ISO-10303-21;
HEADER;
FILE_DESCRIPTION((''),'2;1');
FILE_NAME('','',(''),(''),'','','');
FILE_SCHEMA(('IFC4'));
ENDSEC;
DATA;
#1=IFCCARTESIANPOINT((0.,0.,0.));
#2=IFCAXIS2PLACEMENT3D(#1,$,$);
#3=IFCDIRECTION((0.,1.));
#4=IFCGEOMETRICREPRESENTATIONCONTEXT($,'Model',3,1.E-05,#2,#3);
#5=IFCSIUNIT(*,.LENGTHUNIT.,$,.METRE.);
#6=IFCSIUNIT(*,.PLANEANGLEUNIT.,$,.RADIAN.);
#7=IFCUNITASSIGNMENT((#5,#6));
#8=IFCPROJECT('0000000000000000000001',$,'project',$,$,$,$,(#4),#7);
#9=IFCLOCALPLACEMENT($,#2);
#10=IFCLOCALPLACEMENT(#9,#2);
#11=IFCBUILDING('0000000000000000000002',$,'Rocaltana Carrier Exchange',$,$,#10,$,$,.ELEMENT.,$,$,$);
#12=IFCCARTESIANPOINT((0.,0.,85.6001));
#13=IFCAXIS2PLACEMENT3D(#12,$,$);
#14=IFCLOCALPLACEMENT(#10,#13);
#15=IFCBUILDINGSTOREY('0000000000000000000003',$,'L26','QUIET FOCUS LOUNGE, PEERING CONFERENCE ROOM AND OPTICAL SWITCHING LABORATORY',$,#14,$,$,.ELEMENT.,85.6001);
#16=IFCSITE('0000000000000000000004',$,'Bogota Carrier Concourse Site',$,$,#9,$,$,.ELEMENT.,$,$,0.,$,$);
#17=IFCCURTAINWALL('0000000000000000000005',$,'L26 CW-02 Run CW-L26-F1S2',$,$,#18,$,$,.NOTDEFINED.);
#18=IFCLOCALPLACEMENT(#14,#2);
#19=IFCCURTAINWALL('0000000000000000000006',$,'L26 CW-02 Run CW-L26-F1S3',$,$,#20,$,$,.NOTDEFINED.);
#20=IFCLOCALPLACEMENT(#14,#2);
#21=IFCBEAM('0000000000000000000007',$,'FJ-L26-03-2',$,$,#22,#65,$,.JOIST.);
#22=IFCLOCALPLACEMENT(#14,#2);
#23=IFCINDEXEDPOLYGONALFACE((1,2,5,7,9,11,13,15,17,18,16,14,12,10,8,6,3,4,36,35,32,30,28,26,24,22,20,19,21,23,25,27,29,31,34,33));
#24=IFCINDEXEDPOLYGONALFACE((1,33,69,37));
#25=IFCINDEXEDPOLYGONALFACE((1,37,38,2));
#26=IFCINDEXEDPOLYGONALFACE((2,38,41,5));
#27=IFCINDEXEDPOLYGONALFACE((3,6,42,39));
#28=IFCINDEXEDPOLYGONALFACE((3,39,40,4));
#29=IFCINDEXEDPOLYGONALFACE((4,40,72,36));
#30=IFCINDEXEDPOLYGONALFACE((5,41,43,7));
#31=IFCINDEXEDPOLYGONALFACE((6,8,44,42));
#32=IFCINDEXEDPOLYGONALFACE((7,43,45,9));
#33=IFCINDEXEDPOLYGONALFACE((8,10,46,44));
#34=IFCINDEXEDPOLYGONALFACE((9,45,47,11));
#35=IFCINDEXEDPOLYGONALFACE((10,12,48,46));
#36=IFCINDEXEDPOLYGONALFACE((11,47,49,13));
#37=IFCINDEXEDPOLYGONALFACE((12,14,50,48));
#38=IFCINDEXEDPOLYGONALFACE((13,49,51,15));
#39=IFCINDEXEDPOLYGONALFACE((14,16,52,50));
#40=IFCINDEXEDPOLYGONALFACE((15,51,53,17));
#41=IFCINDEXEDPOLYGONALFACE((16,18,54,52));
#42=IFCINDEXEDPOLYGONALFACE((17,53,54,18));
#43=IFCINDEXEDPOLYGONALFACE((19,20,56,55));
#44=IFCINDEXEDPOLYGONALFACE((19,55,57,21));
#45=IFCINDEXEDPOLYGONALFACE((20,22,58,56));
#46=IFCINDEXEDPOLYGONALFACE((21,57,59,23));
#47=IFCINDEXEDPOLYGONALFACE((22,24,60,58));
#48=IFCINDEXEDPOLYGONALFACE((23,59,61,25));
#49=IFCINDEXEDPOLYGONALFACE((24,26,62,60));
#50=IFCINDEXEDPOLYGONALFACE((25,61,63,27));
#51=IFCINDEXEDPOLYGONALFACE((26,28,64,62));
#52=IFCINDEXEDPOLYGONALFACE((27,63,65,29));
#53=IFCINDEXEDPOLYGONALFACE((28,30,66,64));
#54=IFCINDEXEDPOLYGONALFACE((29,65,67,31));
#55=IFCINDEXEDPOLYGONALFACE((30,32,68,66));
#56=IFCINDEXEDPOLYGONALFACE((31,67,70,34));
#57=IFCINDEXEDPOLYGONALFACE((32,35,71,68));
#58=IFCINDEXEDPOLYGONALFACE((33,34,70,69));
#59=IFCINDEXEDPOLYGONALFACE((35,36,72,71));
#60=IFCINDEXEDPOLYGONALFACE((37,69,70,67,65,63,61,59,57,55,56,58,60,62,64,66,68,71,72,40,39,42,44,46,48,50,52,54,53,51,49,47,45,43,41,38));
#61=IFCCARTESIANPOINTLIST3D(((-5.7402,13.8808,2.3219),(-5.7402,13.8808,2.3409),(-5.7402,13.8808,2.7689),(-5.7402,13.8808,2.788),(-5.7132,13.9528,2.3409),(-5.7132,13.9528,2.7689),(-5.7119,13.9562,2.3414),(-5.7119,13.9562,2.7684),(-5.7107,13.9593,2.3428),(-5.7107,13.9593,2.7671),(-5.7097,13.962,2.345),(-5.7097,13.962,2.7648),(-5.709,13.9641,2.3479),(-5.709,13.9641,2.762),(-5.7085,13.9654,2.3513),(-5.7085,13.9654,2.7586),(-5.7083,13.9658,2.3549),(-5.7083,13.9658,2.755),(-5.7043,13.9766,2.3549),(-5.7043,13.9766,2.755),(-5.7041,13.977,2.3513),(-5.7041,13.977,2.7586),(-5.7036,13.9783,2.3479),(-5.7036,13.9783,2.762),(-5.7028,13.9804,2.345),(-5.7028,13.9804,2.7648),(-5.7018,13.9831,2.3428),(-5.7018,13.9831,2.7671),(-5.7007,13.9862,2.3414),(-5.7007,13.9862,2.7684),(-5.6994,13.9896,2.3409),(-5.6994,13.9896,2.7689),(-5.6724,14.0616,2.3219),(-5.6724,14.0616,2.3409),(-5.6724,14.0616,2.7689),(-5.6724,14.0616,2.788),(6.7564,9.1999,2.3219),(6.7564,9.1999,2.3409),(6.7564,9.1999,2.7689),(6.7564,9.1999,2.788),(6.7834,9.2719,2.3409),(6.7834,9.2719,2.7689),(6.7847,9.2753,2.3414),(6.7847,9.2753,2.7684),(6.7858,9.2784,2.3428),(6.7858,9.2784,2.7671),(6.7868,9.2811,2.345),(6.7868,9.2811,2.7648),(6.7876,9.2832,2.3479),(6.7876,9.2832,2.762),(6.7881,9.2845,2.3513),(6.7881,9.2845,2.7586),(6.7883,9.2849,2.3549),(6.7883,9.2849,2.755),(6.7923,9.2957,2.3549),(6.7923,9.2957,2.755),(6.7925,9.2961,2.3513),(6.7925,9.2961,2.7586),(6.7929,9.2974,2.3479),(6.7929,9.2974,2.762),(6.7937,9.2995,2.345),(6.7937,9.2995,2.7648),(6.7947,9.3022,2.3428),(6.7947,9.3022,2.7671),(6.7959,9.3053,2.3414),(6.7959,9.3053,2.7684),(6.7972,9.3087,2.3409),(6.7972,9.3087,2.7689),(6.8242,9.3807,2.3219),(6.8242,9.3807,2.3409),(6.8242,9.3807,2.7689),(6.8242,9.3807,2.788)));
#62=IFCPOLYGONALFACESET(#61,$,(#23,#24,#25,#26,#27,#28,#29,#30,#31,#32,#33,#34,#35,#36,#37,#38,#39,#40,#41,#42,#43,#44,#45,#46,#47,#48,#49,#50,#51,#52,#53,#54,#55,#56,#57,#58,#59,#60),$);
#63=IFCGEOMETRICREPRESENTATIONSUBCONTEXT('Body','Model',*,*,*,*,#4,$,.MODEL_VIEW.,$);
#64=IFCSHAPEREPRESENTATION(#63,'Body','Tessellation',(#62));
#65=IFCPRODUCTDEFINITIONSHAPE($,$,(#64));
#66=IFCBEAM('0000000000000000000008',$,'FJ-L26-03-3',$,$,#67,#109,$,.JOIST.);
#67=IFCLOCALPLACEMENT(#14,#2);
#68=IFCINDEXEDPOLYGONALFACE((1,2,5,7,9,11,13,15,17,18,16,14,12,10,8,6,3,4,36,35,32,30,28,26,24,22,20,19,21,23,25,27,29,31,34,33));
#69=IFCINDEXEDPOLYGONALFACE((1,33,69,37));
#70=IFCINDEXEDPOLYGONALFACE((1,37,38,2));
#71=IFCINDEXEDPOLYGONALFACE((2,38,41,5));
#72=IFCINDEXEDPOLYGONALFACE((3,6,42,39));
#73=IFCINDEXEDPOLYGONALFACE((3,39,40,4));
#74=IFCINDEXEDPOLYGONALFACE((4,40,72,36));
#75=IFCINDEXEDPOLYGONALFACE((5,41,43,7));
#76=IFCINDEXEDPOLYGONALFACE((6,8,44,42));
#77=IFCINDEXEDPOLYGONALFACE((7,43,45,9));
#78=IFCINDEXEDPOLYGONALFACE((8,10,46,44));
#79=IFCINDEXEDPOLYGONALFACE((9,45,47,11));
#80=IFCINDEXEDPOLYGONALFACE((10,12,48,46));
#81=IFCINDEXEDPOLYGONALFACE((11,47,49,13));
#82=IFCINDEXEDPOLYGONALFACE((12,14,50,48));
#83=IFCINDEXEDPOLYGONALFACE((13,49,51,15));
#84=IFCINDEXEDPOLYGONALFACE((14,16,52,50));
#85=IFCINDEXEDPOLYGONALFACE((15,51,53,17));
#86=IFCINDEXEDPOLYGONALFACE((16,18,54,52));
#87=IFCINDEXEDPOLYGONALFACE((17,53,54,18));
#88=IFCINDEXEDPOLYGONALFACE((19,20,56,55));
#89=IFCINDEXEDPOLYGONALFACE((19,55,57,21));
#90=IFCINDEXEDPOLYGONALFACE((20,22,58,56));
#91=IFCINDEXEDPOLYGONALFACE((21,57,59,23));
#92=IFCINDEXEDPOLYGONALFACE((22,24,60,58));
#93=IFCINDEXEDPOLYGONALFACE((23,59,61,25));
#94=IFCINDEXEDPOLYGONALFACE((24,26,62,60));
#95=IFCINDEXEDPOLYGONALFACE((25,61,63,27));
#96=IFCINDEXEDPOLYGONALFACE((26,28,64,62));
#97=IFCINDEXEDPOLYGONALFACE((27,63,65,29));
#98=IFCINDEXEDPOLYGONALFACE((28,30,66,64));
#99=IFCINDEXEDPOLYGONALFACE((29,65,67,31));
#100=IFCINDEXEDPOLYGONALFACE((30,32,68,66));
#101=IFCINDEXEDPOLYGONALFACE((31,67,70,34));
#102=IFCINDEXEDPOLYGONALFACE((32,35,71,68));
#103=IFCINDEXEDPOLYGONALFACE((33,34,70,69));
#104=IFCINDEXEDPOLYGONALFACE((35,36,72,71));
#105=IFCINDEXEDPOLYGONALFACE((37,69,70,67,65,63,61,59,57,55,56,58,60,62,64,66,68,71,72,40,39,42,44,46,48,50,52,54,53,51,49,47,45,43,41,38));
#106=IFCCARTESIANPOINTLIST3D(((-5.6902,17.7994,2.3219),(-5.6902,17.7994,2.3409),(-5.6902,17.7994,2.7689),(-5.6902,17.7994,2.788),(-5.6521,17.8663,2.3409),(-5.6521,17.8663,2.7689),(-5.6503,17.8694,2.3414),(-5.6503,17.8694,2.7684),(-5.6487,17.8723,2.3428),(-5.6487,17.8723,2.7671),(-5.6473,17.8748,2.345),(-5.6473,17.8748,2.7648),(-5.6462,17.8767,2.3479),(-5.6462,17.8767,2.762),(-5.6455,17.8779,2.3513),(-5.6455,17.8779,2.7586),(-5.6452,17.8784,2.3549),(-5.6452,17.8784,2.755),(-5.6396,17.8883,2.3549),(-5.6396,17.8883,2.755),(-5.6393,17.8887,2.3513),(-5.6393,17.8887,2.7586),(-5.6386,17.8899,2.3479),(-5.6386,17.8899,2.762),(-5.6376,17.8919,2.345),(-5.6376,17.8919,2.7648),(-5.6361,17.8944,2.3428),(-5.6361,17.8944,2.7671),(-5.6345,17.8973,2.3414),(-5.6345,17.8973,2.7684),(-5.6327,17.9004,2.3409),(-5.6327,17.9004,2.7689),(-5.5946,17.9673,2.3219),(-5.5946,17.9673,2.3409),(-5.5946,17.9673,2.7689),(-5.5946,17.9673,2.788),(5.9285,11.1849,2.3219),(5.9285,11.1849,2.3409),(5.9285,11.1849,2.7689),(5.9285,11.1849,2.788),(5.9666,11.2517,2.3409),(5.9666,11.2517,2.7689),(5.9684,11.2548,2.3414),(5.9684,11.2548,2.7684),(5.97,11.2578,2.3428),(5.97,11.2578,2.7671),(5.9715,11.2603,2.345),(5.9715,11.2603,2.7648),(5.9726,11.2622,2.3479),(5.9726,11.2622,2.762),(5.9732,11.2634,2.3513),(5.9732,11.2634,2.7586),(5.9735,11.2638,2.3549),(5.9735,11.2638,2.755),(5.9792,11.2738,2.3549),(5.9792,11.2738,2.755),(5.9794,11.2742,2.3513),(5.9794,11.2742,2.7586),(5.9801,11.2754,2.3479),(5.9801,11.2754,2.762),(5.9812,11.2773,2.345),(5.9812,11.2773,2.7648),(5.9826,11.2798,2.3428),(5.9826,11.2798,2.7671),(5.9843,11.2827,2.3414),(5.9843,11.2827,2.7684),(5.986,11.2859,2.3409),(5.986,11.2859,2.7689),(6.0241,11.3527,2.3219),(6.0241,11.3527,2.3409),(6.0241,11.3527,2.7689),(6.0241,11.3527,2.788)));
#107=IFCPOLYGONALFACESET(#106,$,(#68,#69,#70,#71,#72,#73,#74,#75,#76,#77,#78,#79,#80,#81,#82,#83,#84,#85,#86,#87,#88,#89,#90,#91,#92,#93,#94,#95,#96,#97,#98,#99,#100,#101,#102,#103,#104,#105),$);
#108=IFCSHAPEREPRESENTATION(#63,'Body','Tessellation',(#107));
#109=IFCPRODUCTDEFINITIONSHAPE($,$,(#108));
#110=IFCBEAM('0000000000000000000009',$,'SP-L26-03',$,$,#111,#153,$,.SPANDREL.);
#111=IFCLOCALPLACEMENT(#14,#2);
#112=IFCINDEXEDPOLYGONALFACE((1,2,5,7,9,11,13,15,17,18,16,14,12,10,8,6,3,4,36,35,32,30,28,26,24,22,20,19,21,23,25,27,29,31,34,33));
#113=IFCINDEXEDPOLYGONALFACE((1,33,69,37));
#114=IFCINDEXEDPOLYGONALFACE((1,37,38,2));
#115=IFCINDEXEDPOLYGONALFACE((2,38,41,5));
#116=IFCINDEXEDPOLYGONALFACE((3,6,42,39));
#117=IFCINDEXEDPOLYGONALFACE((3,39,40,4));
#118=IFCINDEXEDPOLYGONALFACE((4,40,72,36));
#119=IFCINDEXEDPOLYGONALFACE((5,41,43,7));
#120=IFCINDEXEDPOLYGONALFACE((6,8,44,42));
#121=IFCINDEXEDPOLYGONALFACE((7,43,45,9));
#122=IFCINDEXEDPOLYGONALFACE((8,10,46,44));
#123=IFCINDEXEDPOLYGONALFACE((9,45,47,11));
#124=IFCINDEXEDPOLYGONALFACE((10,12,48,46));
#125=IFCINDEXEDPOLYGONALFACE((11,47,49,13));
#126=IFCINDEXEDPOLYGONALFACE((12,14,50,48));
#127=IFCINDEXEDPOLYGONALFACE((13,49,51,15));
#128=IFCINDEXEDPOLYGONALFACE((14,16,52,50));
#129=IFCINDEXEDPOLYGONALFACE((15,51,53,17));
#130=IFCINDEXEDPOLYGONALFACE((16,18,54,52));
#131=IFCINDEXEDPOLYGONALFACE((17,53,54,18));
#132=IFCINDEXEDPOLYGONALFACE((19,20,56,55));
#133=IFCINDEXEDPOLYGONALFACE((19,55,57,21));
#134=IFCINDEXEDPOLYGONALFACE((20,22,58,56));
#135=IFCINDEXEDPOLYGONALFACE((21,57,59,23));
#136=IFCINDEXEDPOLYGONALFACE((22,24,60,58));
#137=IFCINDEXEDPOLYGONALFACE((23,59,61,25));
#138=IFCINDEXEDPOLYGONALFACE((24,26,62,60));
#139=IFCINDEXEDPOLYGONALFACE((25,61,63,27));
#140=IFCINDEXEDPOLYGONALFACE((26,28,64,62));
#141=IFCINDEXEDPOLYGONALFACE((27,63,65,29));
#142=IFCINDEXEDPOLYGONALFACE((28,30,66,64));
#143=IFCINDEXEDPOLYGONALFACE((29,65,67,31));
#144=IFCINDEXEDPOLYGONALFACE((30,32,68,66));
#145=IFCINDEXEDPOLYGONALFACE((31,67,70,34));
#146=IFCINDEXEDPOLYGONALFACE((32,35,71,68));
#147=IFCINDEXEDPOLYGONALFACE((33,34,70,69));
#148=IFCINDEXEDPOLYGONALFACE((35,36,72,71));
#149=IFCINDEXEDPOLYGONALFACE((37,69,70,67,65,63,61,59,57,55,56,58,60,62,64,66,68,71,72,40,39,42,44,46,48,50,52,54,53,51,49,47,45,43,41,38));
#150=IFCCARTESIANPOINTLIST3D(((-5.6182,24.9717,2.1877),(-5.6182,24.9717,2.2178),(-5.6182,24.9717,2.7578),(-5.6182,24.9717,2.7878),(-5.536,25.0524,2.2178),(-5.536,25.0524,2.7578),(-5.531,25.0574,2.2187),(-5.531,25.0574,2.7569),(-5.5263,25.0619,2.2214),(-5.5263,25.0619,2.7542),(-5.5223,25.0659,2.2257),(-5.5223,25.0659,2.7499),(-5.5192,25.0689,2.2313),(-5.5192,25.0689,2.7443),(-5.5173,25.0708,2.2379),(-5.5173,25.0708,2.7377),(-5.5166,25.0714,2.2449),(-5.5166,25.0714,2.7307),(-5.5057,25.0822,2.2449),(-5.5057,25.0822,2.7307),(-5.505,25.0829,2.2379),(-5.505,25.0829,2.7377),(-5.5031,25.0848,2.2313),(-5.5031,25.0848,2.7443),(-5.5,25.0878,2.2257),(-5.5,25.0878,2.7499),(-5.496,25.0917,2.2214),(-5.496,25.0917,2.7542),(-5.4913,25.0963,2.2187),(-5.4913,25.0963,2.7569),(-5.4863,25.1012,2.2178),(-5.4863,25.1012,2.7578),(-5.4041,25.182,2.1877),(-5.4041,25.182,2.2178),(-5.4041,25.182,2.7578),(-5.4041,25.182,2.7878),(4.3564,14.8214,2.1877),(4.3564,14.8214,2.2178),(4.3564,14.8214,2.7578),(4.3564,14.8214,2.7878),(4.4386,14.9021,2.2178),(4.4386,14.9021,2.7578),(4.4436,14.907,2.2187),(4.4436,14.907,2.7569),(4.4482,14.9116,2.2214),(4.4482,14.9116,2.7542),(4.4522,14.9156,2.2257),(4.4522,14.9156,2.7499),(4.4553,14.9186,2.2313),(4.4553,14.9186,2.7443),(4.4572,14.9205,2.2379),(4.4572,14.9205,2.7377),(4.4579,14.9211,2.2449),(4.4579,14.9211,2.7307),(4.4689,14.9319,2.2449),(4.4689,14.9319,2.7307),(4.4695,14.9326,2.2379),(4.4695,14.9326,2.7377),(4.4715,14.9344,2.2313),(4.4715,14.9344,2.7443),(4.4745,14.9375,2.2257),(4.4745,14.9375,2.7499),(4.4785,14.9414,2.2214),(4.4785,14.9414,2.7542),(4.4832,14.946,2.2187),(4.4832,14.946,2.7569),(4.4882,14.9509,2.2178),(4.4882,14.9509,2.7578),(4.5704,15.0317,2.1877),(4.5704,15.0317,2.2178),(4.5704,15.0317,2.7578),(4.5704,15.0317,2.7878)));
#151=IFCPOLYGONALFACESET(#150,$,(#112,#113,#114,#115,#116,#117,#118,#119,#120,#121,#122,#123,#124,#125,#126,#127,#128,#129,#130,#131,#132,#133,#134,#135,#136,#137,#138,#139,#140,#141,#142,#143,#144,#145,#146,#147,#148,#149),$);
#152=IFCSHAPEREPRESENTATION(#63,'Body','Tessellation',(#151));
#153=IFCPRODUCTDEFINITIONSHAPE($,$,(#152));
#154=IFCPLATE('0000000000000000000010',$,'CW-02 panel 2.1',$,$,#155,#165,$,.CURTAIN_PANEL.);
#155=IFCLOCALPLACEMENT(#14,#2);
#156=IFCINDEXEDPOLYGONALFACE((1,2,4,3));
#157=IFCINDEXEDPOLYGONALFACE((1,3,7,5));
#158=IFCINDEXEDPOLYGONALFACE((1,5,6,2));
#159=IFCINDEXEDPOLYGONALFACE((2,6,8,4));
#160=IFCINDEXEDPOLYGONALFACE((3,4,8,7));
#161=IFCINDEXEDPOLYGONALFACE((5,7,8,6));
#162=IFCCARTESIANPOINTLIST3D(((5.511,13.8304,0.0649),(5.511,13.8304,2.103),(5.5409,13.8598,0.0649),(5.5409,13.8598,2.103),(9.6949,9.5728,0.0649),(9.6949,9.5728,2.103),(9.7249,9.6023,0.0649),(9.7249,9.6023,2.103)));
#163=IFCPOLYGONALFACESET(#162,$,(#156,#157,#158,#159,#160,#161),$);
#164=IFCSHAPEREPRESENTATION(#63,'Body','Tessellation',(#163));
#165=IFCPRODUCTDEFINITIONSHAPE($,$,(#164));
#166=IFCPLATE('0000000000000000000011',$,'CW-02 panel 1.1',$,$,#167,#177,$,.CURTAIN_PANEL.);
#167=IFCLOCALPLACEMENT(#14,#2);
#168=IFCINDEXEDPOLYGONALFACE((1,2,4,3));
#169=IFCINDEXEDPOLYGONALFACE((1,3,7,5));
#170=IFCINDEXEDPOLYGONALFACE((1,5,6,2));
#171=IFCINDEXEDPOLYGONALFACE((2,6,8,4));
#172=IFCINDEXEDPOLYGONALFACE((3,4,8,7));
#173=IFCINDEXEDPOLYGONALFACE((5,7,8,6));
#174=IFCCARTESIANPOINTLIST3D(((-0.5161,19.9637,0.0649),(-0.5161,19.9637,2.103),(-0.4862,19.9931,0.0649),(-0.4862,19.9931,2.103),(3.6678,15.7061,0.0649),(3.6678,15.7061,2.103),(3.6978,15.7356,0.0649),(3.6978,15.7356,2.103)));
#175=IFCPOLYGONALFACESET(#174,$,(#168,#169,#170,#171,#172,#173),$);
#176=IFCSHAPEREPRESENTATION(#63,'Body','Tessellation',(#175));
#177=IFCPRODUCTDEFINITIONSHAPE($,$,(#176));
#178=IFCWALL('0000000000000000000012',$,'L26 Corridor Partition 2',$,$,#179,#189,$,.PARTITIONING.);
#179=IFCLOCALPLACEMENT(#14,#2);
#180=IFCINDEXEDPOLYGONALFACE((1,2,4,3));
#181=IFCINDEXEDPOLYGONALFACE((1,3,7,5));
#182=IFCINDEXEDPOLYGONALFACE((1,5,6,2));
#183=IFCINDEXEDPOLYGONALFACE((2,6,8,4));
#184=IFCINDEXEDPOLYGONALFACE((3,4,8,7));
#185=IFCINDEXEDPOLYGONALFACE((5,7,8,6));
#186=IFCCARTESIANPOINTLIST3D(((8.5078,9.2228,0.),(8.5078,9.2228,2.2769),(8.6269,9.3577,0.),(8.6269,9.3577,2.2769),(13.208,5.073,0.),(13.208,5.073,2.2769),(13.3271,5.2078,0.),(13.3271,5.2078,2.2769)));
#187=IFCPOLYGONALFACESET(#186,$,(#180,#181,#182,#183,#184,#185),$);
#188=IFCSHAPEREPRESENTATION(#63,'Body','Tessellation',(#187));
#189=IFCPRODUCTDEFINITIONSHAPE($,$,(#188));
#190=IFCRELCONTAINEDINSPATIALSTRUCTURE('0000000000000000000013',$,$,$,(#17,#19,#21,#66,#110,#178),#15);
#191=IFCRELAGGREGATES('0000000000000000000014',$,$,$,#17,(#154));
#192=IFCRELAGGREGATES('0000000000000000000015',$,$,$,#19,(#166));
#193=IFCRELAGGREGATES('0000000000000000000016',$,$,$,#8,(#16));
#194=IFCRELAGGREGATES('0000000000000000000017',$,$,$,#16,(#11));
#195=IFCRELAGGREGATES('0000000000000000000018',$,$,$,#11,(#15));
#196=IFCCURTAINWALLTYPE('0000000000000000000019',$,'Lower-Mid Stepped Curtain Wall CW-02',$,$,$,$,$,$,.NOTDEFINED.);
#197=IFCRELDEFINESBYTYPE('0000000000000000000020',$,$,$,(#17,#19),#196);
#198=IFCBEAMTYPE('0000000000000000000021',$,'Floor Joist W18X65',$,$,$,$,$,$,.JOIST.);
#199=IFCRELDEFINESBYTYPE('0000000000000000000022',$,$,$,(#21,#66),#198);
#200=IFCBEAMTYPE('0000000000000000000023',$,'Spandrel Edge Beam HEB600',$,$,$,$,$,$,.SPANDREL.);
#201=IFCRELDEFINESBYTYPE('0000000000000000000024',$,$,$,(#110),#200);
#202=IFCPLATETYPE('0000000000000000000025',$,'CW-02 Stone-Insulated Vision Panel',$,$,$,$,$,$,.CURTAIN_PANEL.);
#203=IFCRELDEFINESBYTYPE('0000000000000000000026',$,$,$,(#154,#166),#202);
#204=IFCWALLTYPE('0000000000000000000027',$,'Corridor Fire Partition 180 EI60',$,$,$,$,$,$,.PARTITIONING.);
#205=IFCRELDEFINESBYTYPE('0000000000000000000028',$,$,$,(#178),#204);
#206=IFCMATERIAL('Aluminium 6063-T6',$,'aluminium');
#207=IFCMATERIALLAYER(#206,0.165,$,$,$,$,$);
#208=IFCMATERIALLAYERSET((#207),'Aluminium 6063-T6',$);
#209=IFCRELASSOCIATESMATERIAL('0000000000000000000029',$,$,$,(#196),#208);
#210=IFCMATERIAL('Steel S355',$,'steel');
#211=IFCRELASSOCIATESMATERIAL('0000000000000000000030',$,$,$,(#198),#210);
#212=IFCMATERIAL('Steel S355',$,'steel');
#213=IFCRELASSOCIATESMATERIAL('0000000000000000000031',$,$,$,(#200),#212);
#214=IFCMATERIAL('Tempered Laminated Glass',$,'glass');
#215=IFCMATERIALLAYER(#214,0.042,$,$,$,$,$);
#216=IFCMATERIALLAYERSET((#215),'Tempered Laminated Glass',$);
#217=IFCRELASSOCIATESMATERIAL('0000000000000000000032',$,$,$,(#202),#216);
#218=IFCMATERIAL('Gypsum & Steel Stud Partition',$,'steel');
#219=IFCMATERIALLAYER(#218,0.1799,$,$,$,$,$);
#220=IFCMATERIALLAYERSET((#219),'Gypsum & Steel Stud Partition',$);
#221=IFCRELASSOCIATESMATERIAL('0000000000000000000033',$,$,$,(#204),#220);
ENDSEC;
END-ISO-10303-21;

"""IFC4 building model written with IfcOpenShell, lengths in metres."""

from ifc_helpers import new_model, si_unit, direction, frame, frame_2d, origin, origin_2d, place, context, subcontext, project, spatial, rectangle, i_section, extrude, material, layer, layer_set, material_profile, profile_set, type_object, element, aggregate, save


model = new_model("IFC4")

# Units and contexts
model_context = context("Model", 3, precision=1e-05, world=origin(), true_north=direction((0.0, 1.0)))
body_context = subcontext(model_context, "Body", "Model", "MODEL_VIEW")
ifc_project = project(units=[si_unit("LENGTHUNIT", "METRE"), si_unit("PLANEANGLEUNIT", "RADIAN")], contexts=[model_context])

# Site, building, storey
site_placement = place(None, origin())
site = spatial("IfcSite", under=ifc_project, at=site_placement, Name="Bogota Carrier Concourse Site", CompositionType="ELEMENT", RefElevation=0.0)
building_placement = place(site_placement, origin())
building = spatial("IfcBuilding", under=site, at=building_placement, Name="Rocaltana Carrier Exchange", CompositionType="ELEMENT")
storey_placement = place(building_placement, frame((0.0, 0.0, 85.6001)))
storey = spatial("IfcBuildingStorey", under=building, at=storey_placement, Name="L26", Description="QUIET FOCUS LOUNGE, PEERING CONFERENCE ROOM AND OPTICAL SWITCHING LABORATORY", CompositionType="ELEMENT", Elevation=85.6001)

# Curtain walls
ifc_material_1 = material(Name="Aluminium 6063-T6", Category="aluminium")
ifc_layer_1 = layer(ifc_material_1, 0.165)
ifc_layer_set_1 = layer_set([ifc_layer_1], Name="Aluminium 6063-T6")
curtain_wall_type = type_object("IfcCurtainWallType", Name="Lower-Mid Stepped Curtain Wall CW-02", PredefinedType="NOTDEFINED", material=ifc_layer_set_1)
curtain_wall_1_placement = place(storey_placement, origin())
curtain_wall_1 = element("IfcCurtainWall", 1, at=curtain_wall_1_placement, inside=storey, type_object=curtain_wall_type, Name="L26 CW-02 Run CW-L26-F1S2", PredefinedType="NOTDEFINED")
curtain_wall_2_placement = place(storey_placement, origin())
curtain_wall_2 = element("IfcCurtainWall", 2, at=curtain_wall_2_placement, inside=storey, type_object=curtain_wall_type, Name="L26 CW-02 Run CW-L26-F1S3", PredefinedType="NOTDEFINED")

# Beams
ifc_material_2 = material(Name="Steel S355", Category="steel")
ifc_material_profile_1 = material_profile(ifc_material_2, i_section(OverallWidth=0.1931, OverallDepth=0.4661, WebThickness=0.0115, FlangeThickness=0.019, FilletRadius=0.0139, at=origin_2d()), Name="W18X65")
ifc_profile_set_1 = profile_set([ifc_material_profile_1], Name="Steel S355")
beam_type_1 = type_object("IfcBeamType", Name="Floor Joist W18X65", PredefinedType="JOIST", material=ifc_profile_set_1)
beam_1_placement = place(storey_placement, frame((6.7903, 9.2903, 2.5549), z_axis=(-0.93646, 0.350775, 0.0), x_axis=(-0.350775, -0.93646, 0.0)))
element("IfcBeam", 3, at=beam_1_placement, inside=storey, type_object=beam_type_1, Name="FJ-L26-03-2", PredefinedType="JOIST", context=body_context, shape_type="SweptSolid", body=[
    extrude(i_section(OverallWidth=0.1931, OverallDepth=0.4661, WebThickness=0.0115, FlangeThickness=0.019, FilletRadius=0.0139, at=origin_2d()), origin(), (0.0, 0.0, 1.0), 13.3445),
])
beam_2_placement = place(storey_placement, frame((5.9763, 11.2688, 2.5549), z_axis=(-0.869039, 0.494744, 0.0), x_axis=(-0.494744, -0.869039, 0.0)))
element("IfcBeam", 4, at=beam_2_placement, inside=storey, type_object=beam_type_1, Name="FJ-L26-03-3", PredefinedType="JOIST", context=body_context, shape_type="SweptSolid", body=[
    extrude(i_section(OverallWidth=0.1931, OverallDepth=0.4661, WebThickness=0.0115, FlangeThickness=0.019, FilletRadius=0.0139, at=origin_2d()), origin(), (0.0, 0.0, 1.0), 13.3696),
])
ifc_material_3 = material(Name="Steel S355", Category="steel")
ifc_material_profile_2 = material_profile(ifc_material_3, i_section(OverallWidth=0.3, OverallDepth=0.6001, WebThickness=0.0154, FlangeThickness=0.03, FilletRadius=0.0271, at=origin_2d()), Name="HEB600")
ifc_profile_set_2 = profile_set([ifc_material_profile_2], Name="Steel S355")
beam_type_2 = type_object("IfcBeamType", Name="Spandrel Edge Beam HEB600", PredefinedType="SPANDREL", material=ifc_profile_set_2)
beam_3_placement = place(storey_placement, frame((4.4634, 14.9265, 2.4878), z_axis=(-0.700904, 0.713256, 0.0), x_axis=(-0.713256, -0.700904, 0.0)))
element("IfcBeam", 5, at=beam_3_placement, inside=storey, type_object=beam_type_2, Name="SP-L26-03", PredefinedType="SPANDREL", context=body_context, shape_type="SweptSolid", body=[
    extrude(i_section(OverallWidth=0.3, OverallDepth=0.6001, WebThickness=0.0154, FlangeThickness=0.03, FilletRadius=0.0271, at=origin_2d()), origin(), (0.0, 0.0, 1.0), 14.231),
])

# Plates
ifc_material_4 = material(Name="Tempered Laminated Glass", Category="glass")
ifc_layer_2 = layer(ifc_material_4, 0.042)
ifc_layer_set_2 = layer_set([ifc_layer_2], Name="Tempered Laminated Glass")
plate_type = type_object("IfcPlateType", Name="CW-02 Stone-Insulated Vision Panel", PredefinedType="CURTAIN_PANEL", material=ifc_layer_set_2)
plate_1_placement = place(storey_placement, frame((7.6179, 11.7163, 0.0649), z_axis=(0.0, 0.0, 1.0), x_axis=(-0.700915, 0.713245, 0.0)))
plate_1 = element("IfcPlate", 6, at=plate_1_placement, type_object=plate_type, Name="CW-02 panel 2.1", PredefinedType="CURTAIN_PANEL", context=body_context, shape_type="SweptSolid", body=[
    extrude(rectangle(XDim=5.9692, YDim=0.042, at=origin_2d()), origin(), (0.0, 0.0, 1.0), 2.0381),
])
aggregate(curtain_wall_1, [plate_1])
plate_2_placement = place(storey_placement, frame((1.5908, 17.8496, 0.0649), z_axis=(0.0, 0.0, 1.0), x_axis=(-0.700915, 0.713245, 0.0)))
plate_2 = element("IfcPlate", 7, at=plate_2_placement, type_object=plate_type, Name="CW-02 panel 1.1", PredefinedType="CURTAIN_PANEL", context=body_context, shape_type="SweptSolid", body=[
    extrude(rectangle(XDim=5.9692, YDim=0.042, at=origin_2d()), origin(), (0.0, 0.0, 1.0), 2.0381),
])
aggregate(curtain_wall_2, [plate_2])

# Wall
ifc_material_5 = material(Name="Gypsum & Steel Stud Partition", Category="steel")
ifc_layer_3 = layer(ifc_material_5, 0.1799)
ifc_layer_set_3 = layer_set([ifc_layer_3], Name="Gypsum & Steel Stud Partition")
wall_type = type_object("IfcWallType", Name="Corridor Fire Partition 180 EI60", PredefinedType="PARTITIONING", material=ifc_layer_set_3)
wall_placement = place(storey_placement, frame((8.5674, 9.2903, 0.0), z_axis=(0.0, 0.0, 1.0), x_axis=(0.749626, -0.661861, 0.0)))
element("IfcWall", 8, at=wall_placement, inside=storey, type_object=wall_type, Name="L26 Corridor Partition 2", PredefinedType="PARTITIONING", context=body_context, shape_type="SweptSolid", body=[
    extrude(rectangle(XDim=6.27, YDim=0.1799, at=frame_2d((3.135, 0.0))), origin(), (0.0, 0.0, 1.0), 2.2769),
])

save(model, "model.ifc")
